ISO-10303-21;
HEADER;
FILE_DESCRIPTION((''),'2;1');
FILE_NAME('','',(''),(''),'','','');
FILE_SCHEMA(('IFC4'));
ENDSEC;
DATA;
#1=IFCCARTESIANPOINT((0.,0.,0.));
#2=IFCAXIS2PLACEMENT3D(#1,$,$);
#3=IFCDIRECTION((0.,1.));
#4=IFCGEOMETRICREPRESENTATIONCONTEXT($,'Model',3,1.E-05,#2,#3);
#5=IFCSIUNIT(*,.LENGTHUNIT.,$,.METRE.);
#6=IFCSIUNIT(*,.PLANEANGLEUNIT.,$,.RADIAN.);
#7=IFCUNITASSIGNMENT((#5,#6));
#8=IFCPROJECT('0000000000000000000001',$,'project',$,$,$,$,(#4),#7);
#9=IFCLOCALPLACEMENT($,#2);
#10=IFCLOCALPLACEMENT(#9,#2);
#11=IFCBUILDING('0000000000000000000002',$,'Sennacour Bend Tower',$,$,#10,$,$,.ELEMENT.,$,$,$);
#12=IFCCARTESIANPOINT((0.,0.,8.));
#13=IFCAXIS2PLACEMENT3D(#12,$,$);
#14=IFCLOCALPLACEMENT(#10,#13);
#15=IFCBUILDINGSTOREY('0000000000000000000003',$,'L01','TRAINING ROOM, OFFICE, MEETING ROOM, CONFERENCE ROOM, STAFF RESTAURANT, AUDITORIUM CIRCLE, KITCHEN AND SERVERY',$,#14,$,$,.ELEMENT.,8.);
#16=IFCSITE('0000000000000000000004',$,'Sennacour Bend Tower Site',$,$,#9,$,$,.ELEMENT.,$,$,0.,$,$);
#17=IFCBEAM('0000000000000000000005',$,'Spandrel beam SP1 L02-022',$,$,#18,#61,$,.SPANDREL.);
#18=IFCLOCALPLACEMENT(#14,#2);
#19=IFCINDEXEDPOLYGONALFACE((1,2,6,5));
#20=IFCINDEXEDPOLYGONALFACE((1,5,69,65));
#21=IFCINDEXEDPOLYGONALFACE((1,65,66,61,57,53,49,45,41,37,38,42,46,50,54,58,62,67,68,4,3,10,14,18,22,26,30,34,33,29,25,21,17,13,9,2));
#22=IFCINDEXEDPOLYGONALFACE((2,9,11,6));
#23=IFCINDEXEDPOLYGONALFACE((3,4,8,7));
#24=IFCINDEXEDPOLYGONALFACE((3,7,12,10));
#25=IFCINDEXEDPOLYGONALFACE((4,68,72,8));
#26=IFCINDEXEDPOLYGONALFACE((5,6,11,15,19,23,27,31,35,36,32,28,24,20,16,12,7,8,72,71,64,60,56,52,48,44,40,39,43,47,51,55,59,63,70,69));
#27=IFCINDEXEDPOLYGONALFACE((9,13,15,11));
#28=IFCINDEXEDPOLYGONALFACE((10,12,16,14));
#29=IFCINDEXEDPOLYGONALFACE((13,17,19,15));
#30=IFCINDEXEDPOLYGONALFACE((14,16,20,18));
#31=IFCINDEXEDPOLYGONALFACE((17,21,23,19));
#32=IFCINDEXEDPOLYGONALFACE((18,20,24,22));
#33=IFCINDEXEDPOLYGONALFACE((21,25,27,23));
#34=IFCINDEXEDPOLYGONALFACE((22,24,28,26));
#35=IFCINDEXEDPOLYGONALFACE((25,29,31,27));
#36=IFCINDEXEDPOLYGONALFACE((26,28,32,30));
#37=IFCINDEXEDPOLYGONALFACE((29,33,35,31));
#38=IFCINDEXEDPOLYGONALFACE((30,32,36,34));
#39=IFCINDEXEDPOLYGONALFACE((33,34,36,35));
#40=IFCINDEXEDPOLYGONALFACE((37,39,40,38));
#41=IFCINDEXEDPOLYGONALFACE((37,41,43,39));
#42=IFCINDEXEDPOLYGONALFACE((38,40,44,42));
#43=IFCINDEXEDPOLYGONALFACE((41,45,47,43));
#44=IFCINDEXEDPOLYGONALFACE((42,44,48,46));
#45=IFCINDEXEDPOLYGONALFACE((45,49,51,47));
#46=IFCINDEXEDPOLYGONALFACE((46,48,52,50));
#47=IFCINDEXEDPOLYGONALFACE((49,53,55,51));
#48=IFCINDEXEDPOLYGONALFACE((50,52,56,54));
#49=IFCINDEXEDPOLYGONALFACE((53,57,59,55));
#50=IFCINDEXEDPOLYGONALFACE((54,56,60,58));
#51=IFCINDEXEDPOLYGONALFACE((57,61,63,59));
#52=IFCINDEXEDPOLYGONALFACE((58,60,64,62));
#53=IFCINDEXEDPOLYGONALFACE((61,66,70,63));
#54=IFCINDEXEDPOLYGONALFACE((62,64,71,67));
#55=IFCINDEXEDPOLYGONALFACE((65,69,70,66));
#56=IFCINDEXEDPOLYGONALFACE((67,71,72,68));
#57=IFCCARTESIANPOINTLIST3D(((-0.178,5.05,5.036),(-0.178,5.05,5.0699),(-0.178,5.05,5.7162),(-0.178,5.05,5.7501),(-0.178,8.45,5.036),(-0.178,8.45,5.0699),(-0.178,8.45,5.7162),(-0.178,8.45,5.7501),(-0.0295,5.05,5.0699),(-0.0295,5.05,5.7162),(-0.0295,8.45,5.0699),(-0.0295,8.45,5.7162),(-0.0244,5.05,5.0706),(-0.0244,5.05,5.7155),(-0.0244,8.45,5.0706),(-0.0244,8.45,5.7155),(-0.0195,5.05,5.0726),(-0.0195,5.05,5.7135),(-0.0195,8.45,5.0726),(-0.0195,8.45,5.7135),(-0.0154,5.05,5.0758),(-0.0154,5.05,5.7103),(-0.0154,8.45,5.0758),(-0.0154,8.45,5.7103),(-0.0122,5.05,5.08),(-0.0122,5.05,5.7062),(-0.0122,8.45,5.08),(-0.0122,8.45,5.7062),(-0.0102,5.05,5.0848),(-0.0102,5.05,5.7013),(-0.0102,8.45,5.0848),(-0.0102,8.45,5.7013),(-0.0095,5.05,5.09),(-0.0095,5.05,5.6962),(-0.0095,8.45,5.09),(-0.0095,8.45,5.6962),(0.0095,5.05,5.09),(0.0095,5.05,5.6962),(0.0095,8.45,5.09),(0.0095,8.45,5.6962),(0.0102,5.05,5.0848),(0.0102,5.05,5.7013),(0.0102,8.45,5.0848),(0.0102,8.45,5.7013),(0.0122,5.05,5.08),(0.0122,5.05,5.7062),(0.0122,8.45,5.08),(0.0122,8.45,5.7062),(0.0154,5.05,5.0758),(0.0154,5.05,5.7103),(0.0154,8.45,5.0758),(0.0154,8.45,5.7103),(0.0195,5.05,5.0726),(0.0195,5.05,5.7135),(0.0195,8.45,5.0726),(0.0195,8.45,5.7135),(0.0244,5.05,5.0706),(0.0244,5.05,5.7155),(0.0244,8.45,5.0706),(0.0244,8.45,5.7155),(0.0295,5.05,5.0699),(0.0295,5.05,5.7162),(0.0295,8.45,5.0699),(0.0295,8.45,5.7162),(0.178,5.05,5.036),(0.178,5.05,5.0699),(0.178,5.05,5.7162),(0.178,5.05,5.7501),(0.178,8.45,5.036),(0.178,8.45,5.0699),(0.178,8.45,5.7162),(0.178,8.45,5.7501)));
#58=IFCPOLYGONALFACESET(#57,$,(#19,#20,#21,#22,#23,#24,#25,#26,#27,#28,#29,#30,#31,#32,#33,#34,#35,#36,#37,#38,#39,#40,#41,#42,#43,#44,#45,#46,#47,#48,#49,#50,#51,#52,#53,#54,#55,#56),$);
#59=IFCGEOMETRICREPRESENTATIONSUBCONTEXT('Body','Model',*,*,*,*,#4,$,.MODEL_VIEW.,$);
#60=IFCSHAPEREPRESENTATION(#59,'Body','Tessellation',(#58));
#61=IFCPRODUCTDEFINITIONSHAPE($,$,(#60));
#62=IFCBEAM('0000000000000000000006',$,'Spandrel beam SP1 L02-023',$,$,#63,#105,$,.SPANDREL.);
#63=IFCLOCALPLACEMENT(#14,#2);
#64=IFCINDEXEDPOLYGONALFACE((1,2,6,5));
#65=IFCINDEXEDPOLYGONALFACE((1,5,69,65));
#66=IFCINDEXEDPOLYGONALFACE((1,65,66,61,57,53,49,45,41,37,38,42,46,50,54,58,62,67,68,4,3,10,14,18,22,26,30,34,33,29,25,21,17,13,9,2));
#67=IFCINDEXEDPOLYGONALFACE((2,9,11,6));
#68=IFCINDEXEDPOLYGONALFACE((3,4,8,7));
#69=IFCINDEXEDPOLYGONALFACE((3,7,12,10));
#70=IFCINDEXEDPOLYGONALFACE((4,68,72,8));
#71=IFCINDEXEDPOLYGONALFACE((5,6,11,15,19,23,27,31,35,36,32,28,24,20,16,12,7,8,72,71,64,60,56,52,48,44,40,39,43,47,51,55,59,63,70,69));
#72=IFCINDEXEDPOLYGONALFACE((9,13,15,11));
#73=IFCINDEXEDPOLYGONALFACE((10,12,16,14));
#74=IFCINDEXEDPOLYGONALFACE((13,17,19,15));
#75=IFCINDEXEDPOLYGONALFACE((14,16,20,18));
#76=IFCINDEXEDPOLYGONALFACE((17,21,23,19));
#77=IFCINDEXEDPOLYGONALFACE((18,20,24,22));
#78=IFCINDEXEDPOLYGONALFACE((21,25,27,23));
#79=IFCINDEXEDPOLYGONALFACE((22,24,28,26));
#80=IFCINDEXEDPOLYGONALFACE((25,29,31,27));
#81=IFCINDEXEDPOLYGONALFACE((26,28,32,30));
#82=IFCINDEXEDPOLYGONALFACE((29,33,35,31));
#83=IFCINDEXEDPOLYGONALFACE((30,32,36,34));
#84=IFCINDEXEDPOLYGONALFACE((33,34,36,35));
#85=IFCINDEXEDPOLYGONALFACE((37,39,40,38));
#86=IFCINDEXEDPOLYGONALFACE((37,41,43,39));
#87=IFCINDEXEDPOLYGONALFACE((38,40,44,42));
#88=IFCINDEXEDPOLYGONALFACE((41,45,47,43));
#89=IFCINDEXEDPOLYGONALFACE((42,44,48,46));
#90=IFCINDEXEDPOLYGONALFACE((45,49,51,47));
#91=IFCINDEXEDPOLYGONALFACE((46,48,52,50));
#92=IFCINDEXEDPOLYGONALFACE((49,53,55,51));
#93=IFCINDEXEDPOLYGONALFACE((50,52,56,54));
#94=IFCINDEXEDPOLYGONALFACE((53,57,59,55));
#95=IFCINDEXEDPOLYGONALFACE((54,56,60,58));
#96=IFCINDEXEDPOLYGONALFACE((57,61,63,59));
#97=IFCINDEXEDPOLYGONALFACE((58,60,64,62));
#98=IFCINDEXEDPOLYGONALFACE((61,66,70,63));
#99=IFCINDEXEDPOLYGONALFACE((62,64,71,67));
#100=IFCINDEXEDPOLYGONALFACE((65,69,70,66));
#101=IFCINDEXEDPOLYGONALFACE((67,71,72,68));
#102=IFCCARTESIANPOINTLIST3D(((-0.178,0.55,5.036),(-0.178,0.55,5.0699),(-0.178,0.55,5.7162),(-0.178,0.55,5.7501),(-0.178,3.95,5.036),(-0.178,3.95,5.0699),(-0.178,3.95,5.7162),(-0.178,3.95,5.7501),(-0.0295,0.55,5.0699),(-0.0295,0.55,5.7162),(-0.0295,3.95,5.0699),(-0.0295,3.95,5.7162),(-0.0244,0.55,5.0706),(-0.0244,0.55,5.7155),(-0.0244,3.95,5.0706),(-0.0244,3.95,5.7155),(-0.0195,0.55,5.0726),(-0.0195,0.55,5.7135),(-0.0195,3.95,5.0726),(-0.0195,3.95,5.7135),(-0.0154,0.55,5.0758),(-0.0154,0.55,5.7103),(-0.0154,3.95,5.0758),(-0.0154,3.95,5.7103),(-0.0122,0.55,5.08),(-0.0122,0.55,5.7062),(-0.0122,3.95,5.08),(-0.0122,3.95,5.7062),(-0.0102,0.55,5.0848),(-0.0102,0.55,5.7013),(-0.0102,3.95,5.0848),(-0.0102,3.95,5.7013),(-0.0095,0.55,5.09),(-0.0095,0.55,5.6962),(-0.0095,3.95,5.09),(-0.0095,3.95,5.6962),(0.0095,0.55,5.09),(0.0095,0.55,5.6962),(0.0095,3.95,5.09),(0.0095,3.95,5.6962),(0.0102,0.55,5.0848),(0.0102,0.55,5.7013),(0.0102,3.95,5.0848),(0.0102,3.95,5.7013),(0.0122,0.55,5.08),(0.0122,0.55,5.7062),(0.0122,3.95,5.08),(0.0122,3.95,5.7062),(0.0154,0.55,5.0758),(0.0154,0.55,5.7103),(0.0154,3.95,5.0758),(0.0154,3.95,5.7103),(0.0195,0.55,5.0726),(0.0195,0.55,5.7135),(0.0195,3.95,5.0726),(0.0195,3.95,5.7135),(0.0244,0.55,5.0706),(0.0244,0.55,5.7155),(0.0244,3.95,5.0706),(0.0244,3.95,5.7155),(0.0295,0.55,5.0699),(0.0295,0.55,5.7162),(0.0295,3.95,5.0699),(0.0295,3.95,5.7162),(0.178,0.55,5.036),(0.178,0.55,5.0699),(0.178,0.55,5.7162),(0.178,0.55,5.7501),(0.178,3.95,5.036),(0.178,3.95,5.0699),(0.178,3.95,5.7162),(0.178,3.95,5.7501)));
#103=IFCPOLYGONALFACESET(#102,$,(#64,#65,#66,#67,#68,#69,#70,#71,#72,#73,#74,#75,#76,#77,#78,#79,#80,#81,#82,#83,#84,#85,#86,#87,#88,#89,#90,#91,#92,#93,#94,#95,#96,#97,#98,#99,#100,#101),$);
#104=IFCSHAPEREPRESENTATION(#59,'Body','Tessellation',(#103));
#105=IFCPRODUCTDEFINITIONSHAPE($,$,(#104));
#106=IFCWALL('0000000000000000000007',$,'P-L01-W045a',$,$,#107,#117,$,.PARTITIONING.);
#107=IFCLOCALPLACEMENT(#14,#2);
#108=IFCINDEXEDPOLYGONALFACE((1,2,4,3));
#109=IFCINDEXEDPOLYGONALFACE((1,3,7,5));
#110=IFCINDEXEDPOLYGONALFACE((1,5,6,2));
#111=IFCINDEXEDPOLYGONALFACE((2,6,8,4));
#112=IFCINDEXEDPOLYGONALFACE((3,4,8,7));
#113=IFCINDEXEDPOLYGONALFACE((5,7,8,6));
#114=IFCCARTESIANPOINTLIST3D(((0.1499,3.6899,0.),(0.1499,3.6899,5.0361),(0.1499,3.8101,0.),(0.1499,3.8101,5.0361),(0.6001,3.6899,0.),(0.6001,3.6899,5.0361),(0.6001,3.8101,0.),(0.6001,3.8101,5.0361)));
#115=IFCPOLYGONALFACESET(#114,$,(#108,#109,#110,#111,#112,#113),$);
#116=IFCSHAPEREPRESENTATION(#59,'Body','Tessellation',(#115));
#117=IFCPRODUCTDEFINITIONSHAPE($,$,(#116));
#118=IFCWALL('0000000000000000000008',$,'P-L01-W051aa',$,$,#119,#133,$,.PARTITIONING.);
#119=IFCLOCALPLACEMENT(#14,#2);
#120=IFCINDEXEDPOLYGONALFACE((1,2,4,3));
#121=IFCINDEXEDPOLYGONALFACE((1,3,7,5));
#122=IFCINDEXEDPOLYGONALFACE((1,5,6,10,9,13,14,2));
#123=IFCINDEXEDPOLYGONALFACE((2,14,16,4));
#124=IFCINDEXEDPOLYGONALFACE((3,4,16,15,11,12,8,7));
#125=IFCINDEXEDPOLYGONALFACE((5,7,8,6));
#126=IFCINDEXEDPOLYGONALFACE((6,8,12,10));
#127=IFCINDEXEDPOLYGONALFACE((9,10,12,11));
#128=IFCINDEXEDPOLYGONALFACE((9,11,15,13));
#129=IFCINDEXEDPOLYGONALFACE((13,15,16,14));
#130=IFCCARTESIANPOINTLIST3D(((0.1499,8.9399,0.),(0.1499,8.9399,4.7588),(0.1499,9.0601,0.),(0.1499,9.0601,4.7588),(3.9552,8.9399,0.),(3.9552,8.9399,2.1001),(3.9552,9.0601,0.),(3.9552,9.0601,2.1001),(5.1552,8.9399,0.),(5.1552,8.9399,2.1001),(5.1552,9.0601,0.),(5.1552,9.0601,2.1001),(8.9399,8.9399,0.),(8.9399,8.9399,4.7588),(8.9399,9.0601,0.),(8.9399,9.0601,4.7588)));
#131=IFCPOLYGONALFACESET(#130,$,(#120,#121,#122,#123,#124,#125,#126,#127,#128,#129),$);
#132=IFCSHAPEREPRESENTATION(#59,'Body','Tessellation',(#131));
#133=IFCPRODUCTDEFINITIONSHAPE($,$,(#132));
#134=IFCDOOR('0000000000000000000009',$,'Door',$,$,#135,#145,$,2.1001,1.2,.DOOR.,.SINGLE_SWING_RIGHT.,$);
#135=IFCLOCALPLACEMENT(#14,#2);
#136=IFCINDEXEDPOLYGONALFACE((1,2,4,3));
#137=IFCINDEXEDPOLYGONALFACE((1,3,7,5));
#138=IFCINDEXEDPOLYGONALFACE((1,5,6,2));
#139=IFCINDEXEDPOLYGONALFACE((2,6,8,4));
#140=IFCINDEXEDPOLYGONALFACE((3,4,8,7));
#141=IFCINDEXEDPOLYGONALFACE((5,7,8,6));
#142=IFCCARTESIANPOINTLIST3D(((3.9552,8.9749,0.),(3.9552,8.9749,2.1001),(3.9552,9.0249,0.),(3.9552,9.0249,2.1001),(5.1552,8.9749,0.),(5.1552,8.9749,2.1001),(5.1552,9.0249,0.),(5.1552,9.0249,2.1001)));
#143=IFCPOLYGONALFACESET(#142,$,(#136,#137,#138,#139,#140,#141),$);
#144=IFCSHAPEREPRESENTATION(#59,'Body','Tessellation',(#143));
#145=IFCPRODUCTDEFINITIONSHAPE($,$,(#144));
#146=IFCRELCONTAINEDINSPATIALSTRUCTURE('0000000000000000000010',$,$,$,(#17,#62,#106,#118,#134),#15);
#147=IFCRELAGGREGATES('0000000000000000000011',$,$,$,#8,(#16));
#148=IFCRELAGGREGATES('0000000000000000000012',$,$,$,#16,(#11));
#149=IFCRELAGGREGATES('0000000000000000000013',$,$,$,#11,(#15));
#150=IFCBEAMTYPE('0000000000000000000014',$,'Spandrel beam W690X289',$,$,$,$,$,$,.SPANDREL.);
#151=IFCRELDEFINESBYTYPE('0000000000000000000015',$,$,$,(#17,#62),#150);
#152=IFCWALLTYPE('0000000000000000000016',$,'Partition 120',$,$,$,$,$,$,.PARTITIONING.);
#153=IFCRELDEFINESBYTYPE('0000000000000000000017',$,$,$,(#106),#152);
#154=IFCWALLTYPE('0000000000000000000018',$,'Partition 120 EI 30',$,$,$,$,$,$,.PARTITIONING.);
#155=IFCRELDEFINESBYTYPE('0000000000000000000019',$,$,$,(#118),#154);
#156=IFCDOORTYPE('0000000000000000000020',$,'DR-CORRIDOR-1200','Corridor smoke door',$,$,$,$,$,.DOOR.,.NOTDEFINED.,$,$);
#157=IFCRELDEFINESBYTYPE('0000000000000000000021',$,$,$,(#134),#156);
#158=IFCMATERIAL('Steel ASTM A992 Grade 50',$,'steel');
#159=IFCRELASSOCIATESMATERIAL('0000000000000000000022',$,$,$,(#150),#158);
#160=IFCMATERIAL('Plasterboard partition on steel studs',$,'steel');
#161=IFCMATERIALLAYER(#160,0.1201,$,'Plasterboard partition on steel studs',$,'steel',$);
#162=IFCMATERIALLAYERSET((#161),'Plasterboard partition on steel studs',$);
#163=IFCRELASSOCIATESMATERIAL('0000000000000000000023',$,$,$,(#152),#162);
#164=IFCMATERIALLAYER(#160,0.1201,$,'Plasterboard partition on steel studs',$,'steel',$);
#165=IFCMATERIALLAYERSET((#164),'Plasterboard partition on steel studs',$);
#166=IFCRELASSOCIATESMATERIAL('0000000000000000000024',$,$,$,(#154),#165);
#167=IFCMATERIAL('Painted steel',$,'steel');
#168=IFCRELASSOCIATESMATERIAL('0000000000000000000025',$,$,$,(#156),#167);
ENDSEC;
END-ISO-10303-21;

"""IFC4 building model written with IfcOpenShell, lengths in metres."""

from ifc_helpers import new_model, si_unit, direction, frame, frame_2d, origin, origin_2d, place, context, subcontext, project, spatial, rectangle, i_section, extrude, material, layer, layer_set, material_profile, profile_set, type_object, element, fill, save


model = new_model("IFC4")

# Units and contexts
model_context = context("Model", 3, precision=1e-05, world=origin(), true_north=direction((0.0, 1.0)))
body_context = subcontext(model_context, "Body", "Model", "MODEL_VIEW")
ifc_project = project(units=[si_unit("LENGTHUNIT", "METRE"), si_unit("PLANEANGLEUNIT", "RADIAN")], contexts=[model_context])

# Site, building, storey
site_placement = place(None, origin())
site = spatial("IfcSite", under=ifc_project, at=site_placement, Name="Sennacour Bend Tower Site", CompositionType="ELEMENT", RefElevation=0.0)
building_placement = place(site_placement, origin())
building = spatial("IfcBuilding", under=site, at=building_placement, Name="Sennacour Bend Tower", CompositionType="ELEMENT")
storey_placement = place(building_placement, frame((0.0, 0.0, 8.0)))
storey = spatial("IfcBuildingStorey", under=building, at=storey_placement, Name="L01", Description="TRAINING ROOM, OFFICE, MEETING ROOM, CONFERENCE ROOM, STAFF RESTAURANT, AUDITORIUM CIRCLE, KITCHEN AND SERVERY", CompositionType="ELEMENT", Elevation=8.0)

# Beams
ifc_material_1 = material(Name="Steel ASTM A992 Grade 50", Category="steel")
ifc_material_profile_1 = material_profile(ifc_material_1, i_section(OverallWidth=0.356, OverallDepth=0.7141, WebThickness=0.019, FlangeThickness=0.0339, FilletRadius=0.02, at=origin_2d()), Name="Steel ASTM A992 Grade 50", Category="steel")
ifc_profile_set_1 = profile_set([ifc_material_profile_1], Name="Steel ASTM A992 Grade 50")
beam_type_1 = type_object("IfcBeamType", Name="Spandrel beam W690X289", PredefinedType="SPANDREL", material=ifc_profile_set_1)
for number, where, z_axis, x_axis, name in (
    (1, (0.0, 8.45, 5.3931), (0.0, -1.0, 0.0), (1.0, 0.0, 0.0), "Spandrel beam SP1 L02-022"),
    (2, (0.0, 3.95, 5.3931), (0.0, -1.0, 0.0), (1.0, 0.0, 0.0), "Spandrel beam SP1 L02-023"),
):
    element("IfcBeam", number, at=place(storey_placement, frame(where, z_axis=z_axis, x_axis=x_axis)), inside=storey, type_object=beam_type_1, Name=name, PredefinedType="SPANDREL", context=body_context, shape_type="SweptSolid", body=[
        extrude(i_section(OverallWidth=0.356, OverallDepth=0.7141, WebThickness=0.019, FlangeThickness=0.0339, FilletRadius=0.02, at=origin_2d()), origin(), (0.0, 0.0, 1.0), 3.3999),
    ])

# Wall
ifc_material_2 = material(Name="Plasterboard partition on steel studs", Category="steel")
ifc_layer_1 = layer(ifc_material_2, 0.1201, Name="Plasterboard partition on steel studs", Category="steel")
ifc_layer_set_1 = layer_set([ifc_layer_1], Name="Plasterboard partition on steel studs")
wall_type_1 = type_object("IfcWallType", Name="Partition 120", PredefinedType="PARTITIONING", material=ifc_layer_set_1)
wall_1_placement = place(storey_placement, frame((0.1499, 3.75, 0.0), z_axis=(0.0, 0.0, 1.0), x_axis=(1.0, 0.0, 0.0)))
element("IfcWall", 3, at=wall_1_placement, inside=storey, type_object=wall_type_1, Name="P-L01-W045a", PredefinedType="PARTITIONING", context=body_context, shape_type="SweptSolid", body=[
    extrude(rectangle(XDim=0.4502, YDim=0.1201, at=frame_2d((0.2251, 0.0))), origin(), (0.0, 0.0, 1.0), 5.0361),
])

# Wall, opening, door
ifc_layer_2 = layer(ifc_material_2, 0.1201, Name="Plasterboard partition on steel studs", Category="steel")
ifc_layer_set_2 = layer_set([ifc_layer_2], Name="Plasterboard partition on steel studs")
wall_type_2 = type_object("IfcWallType", Name="Partition 120 EI 30", PredefinedType="PARTITIONING", material=ifc_layer_set_2)
wall_2_placement = place(storey_placement, frame((0.1499, 9.0, 0.0), z_axis=(0.0, 0.0, 1.0), x_axis=(1.0, 0.0, 0.0)))
wall_2 = element("IfcWall", 4, at=wall_2_placement, inside=storey, type_object=wall_type_2, Name="P-L01-W051aa", PredefinedType="PARTITIONING", context=body_context, shape_type="SweptSolid", body=[
    extrude(rectangle(XDim=8.79, YDim=0.1201, at=frame_2d((4.395, 0.0))), origin(), (0.0, 0.0, 1.0), 4.7588),
])
opening_1_placement = place(wall_2_placement, frame((3.8052, 0.0, 0.0)))
opening_1 = element("IfcOpeningElement", 5, at=opening_1_placement, cuts=wall_2, PredefinedType="OPENING", context=body_context, shape_type="SweptSolid", body=[
    extrude(rectangle(XDim=1.2, YDim=2.1001, at=frame_2d((0.6001, 1.05))), frame((0.0, 0.0701, 0.0), z_axis=(0.0, -1.0, 0.0), x_axis=(1.0, 0.0, 0.0)), (0.0, 0.0, 1.0), 0.1401),
])
ifc_material_3 = material(Name="Painted steel", Category="steel")
door_type_1 = type_object("IfcDoorType", Name="DR-CORRIDOR-1200", Description="Corridor smoke door", OperationType="NOTDEFINED", PredefinedType="DOOR", material=ifc_material_3)
door_1_placement = place(opening_1_placement, origin())
door_1 = element("IfcDoor", 6, at=door_1_placement, inside=storey, type_object=door_type_1, Name="Door", OperationType="SINGLE_SWING_RIGHT", OverallHeight=2.1001, OverallWidth=1.2, PredefinedType="DOOR", context=body_context, shape_type="SweptSolid", body=[
    extrude(rectangle(XDim=1.2, YDim=2.1001, at=frame_2d((0.6001, 1.05))), frame((0.0, 0.0249, 0.0), z_axis=(0.0, -1.0, 0.0), x_axis=(1.0, 0.0, 0.0)), (0.0, 0.0, 1.0), 0.05),
])
fill(opening_1, door_1)

save(model, "model.ifc")
